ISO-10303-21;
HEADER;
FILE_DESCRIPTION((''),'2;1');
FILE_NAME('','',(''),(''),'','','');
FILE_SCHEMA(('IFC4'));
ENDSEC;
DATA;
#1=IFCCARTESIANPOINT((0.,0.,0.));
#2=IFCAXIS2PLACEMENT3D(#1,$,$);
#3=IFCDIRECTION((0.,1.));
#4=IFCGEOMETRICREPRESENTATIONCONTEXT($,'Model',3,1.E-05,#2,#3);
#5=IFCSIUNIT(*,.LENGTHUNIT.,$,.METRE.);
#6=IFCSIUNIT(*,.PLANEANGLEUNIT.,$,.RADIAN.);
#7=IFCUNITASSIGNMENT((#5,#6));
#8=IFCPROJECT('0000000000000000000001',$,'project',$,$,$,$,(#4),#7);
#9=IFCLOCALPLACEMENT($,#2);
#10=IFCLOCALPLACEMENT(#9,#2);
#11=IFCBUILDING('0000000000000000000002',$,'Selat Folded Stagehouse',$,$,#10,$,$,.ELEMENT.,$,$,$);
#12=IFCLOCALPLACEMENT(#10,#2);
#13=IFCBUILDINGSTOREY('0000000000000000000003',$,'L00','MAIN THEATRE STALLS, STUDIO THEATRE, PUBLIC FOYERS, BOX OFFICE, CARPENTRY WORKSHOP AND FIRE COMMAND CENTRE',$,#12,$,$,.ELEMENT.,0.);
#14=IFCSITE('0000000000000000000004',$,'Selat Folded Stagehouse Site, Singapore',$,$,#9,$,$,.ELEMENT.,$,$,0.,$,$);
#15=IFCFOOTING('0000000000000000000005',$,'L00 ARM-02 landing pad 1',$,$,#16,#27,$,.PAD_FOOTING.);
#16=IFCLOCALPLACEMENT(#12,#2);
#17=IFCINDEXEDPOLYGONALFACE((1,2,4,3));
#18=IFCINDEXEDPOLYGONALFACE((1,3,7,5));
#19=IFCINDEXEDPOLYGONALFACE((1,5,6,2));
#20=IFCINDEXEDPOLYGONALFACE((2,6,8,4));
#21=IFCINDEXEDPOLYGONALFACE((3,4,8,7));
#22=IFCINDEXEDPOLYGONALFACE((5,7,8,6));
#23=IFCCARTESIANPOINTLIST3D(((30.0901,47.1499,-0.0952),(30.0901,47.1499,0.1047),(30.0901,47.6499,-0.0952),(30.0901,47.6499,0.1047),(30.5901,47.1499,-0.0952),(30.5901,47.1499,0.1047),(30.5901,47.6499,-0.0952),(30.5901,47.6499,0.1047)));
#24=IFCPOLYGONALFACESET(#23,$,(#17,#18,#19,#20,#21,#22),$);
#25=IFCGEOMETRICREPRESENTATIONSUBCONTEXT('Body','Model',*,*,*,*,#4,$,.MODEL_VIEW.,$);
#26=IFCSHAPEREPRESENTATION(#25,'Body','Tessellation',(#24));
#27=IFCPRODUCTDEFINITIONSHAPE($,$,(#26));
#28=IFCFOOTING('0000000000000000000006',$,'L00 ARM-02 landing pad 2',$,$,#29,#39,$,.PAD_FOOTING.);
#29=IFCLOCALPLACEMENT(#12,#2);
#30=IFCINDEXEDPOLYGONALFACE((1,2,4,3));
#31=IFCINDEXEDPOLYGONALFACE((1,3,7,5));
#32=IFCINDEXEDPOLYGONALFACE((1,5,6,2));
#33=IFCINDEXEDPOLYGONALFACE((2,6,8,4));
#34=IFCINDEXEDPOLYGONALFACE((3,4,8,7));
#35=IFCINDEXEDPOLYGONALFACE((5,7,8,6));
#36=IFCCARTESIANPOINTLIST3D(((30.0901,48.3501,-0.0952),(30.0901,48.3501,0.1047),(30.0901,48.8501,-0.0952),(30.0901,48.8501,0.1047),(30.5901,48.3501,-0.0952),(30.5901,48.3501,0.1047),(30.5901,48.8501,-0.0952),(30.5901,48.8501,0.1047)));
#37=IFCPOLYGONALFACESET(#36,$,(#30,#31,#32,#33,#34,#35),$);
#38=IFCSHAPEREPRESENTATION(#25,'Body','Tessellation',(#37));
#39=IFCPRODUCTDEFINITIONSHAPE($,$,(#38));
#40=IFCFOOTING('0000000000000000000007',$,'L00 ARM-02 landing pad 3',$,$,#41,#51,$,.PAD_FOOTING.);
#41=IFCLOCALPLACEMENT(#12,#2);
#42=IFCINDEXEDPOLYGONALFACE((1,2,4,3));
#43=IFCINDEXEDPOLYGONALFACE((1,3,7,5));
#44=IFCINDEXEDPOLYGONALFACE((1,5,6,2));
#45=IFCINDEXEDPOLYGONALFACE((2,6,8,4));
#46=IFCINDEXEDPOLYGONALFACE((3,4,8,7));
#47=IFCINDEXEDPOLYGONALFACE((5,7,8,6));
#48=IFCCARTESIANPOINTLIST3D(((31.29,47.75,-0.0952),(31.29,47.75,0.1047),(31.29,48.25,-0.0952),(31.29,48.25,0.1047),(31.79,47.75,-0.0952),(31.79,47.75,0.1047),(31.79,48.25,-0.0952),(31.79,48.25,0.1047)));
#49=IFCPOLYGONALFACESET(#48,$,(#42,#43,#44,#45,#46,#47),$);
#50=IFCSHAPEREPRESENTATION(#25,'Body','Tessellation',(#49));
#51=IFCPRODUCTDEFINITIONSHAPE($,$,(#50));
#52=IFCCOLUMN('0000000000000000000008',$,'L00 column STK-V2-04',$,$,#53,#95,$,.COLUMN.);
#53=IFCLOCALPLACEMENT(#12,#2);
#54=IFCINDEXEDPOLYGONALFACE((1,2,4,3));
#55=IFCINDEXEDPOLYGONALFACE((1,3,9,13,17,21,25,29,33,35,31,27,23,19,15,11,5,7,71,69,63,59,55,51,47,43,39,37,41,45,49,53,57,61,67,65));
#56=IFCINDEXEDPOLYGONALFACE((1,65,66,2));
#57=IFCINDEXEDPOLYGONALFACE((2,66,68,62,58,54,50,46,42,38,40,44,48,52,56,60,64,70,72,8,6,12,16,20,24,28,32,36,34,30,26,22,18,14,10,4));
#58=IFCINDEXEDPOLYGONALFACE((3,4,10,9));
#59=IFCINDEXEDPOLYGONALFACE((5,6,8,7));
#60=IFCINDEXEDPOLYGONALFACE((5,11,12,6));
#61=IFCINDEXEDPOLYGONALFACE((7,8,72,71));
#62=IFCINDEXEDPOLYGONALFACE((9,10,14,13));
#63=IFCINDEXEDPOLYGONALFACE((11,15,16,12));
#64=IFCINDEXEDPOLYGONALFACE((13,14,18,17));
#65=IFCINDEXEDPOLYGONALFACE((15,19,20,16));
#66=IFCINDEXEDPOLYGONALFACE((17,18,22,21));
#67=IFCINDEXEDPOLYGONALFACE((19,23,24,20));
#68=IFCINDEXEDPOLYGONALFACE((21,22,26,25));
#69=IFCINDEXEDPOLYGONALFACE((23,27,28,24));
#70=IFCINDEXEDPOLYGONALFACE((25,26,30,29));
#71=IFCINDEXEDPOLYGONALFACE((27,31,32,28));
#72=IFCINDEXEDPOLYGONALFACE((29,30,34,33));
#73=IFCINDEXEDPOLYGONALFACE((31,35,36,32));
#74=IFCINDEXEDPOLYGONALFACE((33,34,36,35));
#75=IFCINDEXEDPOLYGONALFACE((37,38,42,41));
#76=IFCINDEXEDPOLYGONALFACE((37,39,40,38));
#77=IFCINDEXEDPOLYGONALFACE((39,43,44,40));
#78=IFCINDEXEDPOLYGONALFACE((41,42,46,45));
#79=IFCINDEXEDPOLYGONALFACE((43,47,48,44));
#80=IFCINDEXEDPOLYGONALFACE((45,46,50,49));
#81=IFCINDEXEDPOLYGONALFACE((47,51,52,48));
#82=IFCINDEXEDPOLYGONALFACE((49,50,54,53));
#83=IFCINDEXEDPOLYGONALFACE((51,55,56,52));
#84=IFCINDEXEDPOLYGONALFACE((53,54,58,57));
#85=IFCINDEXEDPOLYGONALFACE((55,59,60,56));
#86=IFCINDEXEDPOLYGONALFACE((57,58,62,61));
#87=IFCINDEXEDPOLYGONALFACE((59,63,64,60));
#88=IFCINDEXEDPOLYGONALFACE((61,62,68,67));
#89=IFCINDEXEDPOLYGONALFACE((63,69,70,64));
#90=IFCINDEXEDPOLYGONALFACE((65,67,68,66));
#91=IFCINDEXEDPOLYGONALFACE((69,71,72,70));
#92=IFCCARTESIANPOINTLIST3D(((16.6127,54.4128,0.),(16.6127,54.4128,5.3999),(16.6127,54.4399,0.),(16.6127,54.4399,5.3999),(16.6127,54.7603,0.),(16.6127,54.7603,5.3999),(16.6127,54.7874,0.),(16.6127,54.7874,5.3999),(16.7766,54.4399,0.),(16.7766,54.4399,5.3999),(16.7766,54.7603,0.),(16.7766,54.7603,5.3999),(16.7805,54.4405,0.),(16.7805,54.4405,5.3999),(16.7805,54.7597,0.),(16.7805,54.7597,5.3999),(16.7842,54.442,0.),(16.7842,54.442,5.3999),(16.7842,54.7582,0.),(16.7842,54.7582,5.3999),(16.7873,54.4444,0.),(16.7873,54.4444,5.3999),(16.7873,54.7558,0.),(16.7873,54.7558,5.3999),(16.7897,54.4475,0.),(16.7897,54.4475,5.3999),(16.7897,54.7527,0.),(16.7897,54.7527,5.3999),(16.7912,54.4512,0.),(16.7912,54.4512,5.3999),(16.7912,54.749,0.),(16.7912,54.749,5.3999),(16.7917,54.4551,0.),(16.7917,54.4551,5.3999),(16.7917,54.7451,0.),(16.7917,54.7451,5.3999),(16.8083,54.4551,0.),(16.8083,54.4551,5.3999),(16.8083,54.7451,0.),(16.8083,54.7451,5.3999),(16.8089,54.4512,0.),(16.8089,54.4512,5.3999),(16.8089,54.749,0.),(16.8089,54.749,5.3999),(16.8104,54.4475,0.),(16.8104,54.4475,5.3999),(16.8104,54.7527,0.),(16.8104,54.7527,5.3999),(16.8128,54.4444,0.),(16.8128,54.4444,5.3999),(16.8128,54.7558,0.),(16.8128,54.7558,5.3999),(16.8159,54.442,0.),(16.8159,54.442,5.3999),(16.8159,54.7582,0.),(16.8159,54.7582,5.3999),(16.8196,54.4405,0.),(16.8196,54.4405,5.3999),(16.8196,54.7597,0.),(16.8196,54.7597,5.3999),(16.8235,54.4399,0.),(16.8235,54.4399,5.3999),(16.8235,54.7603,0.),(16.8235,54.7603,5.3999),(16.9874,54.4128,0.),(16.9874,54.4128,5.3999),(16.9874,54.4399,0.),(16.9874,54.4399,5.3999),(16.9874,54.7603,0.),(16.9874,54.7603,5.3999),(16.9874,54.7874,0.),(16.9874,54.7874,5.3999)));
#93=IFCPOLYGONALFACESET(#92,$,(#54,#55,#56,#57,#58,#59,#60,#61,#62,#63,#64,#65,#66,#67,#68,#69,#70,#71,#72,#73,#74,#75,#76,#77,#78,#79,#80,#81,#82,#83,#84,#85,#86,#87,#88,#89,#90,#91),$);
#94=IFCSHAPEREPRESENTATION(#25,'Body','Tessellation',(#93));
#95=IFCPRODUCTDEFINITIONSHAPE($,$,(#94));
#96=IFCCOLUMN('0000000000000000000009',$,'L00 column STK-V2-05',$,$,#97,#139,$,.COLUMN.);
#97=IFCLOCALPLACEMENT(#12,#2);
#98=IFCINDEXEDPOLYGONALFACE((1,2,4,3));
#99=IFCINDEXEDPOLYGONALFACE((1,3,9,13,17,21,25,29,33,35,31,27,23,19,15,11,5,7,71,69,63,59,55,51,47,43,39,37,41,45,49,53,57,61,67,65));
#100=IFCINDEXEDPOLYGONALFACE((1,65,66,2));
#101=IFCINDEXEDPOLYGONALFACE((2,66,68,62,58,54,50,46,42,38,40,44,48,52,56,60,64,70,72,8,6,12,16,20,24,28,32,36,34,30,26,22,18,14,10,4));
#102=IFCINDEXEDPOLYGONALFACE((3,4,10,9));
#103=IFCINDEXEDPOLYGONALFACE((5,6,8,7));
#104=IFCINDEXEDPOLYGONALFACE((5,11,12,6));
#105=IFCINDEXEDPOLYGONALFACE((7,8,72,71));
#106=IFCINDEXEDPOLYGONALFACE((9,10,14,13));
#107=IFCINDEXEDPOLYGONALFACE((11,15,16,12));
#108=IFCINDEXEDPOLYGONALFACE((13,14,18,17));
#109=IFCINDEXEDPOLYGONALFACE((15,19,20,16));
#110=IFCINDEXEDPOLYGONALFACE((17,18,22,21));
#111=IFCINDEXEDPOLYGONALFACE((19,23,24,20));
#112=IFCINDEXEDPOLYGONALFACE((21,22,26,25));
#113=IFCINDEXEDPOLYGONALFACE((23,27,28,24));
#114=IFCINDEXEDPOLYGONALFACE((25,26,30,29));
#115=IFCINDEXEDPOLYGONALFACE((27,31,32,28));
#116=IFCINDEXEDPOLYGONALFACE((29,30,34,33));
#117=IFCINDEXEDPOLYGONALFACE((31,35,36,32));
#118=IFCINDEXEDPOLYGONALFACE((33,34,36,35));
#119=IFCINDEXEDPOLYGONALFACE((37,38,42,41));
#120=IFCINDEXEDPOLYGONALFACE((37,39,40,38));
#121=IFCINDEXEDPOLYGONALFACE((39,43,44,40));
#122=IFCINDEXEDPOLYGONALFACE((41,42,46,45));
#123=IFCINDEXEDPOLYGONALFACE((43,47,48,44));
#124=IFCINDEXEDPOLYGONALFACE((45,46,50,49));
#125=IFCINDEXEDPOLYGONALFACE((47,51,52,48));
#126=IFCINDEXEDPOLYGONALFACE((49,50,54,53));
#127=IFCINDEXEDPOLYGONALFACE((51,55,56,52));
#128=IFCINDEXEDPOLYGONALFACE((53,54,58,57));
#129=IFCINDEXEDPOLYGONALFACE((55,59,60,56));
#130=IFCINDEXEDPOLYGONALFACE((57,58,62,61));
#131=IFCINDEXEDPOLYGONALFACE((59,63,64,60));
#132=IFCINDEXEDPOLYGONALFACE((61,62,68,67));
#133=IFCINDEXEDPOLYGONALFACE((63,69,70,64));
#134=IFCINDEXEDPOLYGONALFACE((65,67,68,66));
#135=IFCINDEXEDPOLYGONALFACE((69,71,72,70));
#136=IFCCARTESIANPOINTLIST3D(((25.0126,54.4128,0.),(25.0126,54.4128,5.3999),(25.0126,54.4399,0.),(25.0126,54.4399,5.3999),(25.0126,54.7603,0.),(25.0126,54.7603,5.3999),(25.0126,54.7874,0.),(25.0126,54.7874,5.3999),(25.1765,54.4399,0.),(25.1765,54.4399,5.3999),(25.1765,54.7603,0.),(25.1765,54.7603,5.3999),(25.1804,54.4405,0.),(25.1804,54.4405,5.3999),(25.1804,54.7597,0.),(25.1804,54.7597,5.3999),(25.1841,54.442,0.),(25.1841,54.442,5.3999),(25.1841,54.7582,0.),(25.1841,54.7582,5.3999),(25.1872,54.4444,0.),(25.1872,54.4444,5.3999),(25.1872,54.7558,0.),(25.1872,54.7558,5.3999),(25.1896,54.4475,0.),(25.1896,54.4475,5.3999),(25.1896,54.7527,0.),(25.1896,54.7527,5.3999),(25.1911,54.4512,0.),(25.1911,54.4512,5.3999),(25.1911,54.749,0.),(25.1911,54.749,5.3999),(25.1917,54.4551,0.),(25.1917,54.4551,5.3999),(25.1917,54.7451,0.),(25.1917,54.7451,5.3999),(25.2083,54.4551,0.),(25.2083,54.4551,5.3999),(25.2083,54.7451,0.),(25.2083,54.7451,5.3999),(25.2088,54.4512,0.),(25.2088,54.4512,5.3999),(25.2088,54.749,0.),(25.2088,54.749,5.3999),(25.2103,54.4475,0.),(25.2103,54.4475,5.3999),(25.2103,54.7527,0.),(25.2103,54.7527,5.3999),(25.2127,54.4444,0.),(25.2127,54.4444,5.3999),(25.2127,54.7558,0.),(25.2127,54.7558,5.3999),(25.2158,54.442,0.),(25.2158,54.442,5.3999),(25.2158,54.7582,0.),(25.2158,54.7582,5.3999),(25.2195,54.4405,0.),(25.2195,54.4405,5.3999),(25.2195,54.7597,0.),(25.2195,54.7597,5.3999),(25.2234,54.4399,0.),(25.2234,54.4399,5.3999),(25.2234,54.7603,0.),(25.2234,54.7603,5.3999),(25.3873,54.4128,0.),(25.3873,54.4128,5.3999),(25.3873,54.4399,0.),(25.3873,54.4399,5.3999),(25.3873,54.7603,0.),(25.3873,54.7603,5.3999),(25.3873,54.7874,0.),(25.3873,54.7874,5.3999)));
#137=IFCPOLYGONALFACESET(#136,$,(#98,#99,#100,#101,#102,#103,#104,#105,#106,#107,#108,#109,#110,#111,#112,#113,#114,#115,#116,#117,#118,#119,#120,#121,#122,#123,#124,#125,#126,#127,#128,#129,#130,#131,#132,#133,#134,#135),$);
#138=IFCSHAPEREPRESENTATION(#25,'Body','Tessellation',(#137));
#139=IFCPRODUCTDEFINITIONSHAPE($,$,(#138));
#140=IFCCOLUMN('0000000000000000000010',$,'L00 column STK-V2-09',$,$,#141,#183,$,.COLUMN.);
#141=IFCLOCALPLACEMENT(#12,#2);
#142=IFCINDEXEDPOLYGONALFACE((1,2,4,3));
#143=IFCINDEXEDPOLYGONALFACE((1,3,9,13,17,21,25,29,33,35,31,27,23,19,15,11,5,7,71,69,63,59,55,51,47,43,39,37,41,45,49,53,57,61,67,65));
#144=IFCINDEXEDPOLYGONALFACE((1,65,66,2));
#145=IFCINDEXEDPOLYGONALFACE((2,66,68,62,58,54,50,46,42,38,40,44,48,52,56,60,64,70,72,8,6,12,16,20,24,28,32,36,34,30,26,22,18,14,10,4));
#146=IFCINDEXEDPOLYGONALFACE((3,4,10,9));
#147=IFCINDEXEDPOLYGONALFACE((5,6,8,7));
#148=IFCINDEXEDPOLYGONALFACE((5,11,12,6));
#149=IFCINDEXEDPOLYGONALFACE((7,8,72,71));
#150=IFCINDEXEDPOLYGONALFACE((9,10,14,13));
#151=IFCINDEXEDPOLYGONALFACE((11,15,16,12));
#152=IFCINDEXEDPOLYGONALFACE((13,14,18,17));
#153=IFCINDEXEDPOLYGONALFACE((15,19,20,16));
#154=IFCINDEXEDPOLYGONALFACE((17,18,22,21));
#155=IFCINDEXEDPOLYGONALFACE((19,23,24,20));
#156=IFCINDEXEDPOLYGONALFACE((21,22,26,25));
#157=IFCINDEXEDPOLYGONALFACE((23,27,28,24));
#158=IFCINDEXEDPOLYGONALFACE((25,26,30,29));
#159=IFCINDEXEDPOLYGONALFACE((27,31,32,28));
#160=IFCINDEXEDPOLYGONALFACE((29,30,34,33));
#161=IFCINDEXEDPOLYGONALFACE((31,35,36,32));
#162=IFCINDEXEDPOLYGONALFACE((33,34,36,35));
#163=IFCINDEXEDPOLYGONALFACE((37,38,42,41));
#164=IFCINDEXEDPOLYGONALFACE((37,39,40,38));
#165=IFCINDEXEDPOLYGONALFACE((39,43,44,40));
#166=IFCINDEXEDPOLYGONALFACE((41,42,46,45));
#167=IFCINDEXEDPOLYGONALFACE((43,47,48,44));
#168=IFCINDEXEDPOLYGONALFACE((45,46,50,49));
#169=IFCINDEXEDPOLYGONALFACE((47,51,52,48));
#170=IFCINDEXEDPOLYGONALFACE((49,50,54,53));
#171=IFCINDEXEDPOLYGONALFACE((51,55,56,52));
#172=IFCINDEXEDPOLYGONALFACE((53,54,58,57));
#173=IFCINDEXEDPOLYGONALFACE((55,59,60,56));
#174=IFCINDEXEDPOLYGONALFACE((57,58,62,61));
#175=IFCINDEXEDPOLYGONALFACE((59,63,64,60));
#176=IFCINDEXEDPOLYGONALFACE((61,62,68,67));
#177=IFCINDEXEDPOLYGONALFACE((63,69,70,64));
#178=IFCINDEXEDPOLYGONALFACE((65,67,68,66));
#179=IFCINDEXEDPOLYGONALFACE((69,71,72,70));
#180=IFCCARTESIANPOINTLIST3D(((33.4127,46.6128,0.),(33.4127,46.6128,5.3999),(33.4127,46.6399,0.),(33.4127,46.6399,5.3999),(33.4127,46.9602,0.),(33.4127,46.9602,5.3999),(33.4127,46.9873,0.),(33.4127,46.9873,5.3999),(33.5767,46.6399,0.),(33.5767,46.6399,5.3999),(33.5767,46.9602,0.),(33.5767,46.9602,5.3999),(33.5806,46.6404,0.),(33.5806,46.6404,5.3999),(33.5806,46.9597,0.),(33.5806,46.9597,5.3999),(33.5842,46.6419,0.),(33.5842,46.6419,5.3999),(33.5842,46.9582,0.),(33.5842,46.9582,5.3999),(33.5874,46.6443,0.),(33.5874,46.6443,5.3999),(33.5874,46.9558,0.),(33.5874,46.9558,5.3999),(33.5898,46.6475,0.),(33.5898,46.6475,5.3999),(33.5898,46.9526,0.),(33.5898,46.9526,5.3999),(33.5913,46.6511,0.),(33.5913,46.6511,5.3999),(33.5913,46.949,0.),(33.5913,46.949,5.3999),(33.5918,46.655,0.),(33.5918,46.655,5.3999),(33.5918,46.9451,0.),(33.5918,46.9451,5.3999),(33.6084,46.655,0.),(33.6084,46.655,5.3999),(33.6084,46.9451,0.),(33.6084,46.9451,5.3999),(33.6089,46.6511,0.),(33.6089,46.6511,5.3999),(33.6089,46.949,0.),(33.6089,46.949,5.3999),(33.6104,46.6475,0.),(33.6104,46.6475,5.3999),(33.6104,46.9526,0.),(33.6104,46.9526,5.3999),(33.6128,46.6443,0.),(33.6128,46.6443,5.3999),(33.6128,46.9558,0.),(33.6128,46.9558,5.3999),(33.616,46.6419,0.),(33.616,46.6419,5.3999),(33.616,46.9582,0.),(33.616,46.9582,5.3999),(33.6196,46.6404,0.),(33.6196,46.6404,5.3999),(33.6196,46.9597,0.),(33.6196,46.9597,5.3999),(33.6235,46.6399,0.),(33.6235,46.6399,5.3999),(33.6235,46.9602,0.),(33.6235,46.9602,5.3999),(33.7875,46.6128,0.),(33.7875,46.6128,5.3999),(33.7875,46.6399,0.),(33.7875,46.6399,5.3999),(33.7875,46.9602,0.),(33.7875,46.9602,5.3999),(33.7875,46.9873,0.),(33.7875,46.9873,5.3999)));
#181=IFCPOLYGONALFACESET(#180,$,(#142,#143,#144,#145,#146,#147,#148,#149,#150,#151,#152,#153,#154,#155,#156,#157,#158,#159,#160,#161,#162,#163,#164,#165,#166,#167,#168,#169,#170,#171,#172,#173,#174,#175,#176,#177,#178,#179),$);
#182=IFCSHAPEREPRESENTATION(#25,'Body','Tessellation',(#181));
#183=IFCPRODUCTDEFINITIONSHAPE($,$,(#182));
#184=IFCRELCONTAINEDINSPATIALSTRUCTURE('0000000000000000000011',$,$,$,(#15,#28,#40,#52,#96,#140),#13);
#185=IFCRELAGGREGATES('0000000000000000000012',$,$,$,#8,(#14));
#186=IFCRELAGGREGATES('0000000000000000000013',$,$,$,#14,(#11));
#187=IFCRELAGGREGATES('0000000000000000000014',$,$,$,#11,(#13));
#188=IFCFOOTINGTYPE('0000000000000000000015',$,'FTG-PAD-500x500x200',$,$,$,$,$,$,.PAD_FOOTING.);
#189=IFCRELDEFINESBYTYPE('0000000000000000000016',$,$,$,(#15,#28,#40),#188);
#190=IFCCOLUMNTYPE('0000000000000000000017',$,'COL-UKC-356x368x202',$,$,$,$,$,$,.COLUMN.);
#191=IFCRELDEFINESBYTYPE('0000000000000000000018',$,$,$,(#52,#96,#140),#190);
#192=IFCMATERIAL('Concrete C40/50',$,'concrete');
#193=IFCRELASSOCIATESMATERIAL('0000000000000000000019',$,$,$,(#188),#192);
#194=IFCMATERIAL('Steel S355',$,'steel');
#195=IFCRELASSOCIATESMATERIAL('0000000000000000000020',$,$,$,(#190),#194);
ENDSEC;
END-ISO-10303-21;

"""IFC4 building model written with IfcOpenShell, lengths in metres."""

from ifc_helpers import new_model, si_unit, direction, frame, origin, origin_2d, place, context, subcontext, project, spatial, rectangle, i_section, extrude, material, material_profile, profile_set, type_object, element, save


model = new_model("IFC4")

# Units and contexts
model_context = context("Model", 3, precision=1e-05, world=origin(), true_north=direction((0.0, 1.0)))
body_context = subcontext(model_context, "Body", "Model", "MODEL_VIEW")
ifc_project = project(units=[si_unit("LENGTHUNIT", "METRE"), si_unit("PLANEANGLEUNIT", "RADIAN")], contexts=[model_context])

# Site, building, storey
site_placement = place(None, origin())
site = spatial("IfcSite", under=ifc_project, at=site_placement, Name="Selat Folded Stagehouse Site, Singapore", CompositionType="ELEMENT", RefElevation=0.0)
building_placement = place(site_placement, origin())
building = spatial("IfcBuilding", under=site, at=building_placement, Name="Selat Folded Stagehouse", CompositionType="ELEMENT")
storey_placement = place(building_placement, origin())
storey = spatial("IfcBuildingStorey", under=building, at=storey_placement, Name="L00", Description="MAIN THEATRE STALLS, STUDIO THEATRE, PUBLIC FOYERS, BOX OFFICE, CARPENTRY WORKSHOP AND FIRE COMMAND CENTRE", CompositionType="ELEMENT", Elevation=0.0)

# Footings
ifc_material_1 = material(Name="Concrete C40/50", Category="concrete")
footing_type = type_object("IfcFootingType", Name="FTG-PAD-500x500x200", PredefinedType="PAD_FOOTING", material=ifc_material_1)
for number, where, z_axis, x_axis, name in (
    (1, (30.3401, 47.3999, -0.0952), (0.0, 0.0, 1.0), (1.0, 0.0, 0.0), "L00 ARM-02 landing pad 1"),
    (2, (30.3401, 48.6001, -0.0952), (0.0, 0.0, 1.0), (1.0, 0.0, 0.0), "L00 ARM-02 landing pad 2"),
    (3, (31.54, 48.0, -0.0952), (0.0, 0.0, 1.0), (1.0, 0.0, 0.0), "L00 ARM-02 landing pad 3"),
):
    element("IfcFooting", number, at=place(storey_placement, frame(where, z_axis=z_axis, x_axis=x_axis)), inside=storey, type_object=footing_type, Name=name, PredefinedType="PAD_FOOTING", context=body_context, shape_type="SweptSolid", body=[
        extrude(rectangle(XDim=0.5, YDim=0.5, at=origin_2d()), origin(), (0.0, 0.0, 1.0), 0.2),
    ])

# Columns
ifc_material_2 = material(Name="Steel S355", Category="steel")
ifc_material_profile_1 = material_profile(ifc_material_2, i_section(OverallWidth=0.3748, OverallDepth=0.3745, WebThickness=0.0166, FlangeThickness=0.0271, FilletRadius=0.0151, at=origin_2d()), Name="UKC 356x368x202")
ifc_profile_set_1 = profile_set([ifc_material_profile_1], Name="Steel S355")
column_type = type_object("IfcColumnType", Name="COL-UKC-356x368x202", PredefinedType="COLUMN", material=ifc_profile_set_1)
for number, where, z_axis, x_axis, name in (
    (4, (16.8, 54.6001, 0.0), (0.0, 0.0, 1.0), (1.0, 0.0, 0.0), "L00 column STK-V2-04"),
    (5, (25.2, 54.6001, 0.0), (0.0, 0.0, 1.0), (1.0, 0.0, 0.0), "L00 column STK-V2-05"),
    (6, (33.6001, 46.8, 0.0), (0.0, 0.0, 1.0), (1.0, 0.0, 0.0), "L00 column STK-V2-09"),
):
    element("IfcColumn", number, at=place(storey_placement, frame(where, z_axis=z_axis, x_axis=x_axis)), inside=storey, type_object=column_type, Name=name, PredefinedType="COLUMN", context=body_context, shape_type="SweptSolid", body=[
        extrude(i_section(OverallWidth=0.3748, OverallDepth=0.3745, WebThickness=0.0166, FlangeThickness=0.0271, FilletRadius=0.0151, at=origin_2d()), origin(), (0.0, 0.0, 1.0), 5.3999),
    ])

save(model, "model.ifc")
